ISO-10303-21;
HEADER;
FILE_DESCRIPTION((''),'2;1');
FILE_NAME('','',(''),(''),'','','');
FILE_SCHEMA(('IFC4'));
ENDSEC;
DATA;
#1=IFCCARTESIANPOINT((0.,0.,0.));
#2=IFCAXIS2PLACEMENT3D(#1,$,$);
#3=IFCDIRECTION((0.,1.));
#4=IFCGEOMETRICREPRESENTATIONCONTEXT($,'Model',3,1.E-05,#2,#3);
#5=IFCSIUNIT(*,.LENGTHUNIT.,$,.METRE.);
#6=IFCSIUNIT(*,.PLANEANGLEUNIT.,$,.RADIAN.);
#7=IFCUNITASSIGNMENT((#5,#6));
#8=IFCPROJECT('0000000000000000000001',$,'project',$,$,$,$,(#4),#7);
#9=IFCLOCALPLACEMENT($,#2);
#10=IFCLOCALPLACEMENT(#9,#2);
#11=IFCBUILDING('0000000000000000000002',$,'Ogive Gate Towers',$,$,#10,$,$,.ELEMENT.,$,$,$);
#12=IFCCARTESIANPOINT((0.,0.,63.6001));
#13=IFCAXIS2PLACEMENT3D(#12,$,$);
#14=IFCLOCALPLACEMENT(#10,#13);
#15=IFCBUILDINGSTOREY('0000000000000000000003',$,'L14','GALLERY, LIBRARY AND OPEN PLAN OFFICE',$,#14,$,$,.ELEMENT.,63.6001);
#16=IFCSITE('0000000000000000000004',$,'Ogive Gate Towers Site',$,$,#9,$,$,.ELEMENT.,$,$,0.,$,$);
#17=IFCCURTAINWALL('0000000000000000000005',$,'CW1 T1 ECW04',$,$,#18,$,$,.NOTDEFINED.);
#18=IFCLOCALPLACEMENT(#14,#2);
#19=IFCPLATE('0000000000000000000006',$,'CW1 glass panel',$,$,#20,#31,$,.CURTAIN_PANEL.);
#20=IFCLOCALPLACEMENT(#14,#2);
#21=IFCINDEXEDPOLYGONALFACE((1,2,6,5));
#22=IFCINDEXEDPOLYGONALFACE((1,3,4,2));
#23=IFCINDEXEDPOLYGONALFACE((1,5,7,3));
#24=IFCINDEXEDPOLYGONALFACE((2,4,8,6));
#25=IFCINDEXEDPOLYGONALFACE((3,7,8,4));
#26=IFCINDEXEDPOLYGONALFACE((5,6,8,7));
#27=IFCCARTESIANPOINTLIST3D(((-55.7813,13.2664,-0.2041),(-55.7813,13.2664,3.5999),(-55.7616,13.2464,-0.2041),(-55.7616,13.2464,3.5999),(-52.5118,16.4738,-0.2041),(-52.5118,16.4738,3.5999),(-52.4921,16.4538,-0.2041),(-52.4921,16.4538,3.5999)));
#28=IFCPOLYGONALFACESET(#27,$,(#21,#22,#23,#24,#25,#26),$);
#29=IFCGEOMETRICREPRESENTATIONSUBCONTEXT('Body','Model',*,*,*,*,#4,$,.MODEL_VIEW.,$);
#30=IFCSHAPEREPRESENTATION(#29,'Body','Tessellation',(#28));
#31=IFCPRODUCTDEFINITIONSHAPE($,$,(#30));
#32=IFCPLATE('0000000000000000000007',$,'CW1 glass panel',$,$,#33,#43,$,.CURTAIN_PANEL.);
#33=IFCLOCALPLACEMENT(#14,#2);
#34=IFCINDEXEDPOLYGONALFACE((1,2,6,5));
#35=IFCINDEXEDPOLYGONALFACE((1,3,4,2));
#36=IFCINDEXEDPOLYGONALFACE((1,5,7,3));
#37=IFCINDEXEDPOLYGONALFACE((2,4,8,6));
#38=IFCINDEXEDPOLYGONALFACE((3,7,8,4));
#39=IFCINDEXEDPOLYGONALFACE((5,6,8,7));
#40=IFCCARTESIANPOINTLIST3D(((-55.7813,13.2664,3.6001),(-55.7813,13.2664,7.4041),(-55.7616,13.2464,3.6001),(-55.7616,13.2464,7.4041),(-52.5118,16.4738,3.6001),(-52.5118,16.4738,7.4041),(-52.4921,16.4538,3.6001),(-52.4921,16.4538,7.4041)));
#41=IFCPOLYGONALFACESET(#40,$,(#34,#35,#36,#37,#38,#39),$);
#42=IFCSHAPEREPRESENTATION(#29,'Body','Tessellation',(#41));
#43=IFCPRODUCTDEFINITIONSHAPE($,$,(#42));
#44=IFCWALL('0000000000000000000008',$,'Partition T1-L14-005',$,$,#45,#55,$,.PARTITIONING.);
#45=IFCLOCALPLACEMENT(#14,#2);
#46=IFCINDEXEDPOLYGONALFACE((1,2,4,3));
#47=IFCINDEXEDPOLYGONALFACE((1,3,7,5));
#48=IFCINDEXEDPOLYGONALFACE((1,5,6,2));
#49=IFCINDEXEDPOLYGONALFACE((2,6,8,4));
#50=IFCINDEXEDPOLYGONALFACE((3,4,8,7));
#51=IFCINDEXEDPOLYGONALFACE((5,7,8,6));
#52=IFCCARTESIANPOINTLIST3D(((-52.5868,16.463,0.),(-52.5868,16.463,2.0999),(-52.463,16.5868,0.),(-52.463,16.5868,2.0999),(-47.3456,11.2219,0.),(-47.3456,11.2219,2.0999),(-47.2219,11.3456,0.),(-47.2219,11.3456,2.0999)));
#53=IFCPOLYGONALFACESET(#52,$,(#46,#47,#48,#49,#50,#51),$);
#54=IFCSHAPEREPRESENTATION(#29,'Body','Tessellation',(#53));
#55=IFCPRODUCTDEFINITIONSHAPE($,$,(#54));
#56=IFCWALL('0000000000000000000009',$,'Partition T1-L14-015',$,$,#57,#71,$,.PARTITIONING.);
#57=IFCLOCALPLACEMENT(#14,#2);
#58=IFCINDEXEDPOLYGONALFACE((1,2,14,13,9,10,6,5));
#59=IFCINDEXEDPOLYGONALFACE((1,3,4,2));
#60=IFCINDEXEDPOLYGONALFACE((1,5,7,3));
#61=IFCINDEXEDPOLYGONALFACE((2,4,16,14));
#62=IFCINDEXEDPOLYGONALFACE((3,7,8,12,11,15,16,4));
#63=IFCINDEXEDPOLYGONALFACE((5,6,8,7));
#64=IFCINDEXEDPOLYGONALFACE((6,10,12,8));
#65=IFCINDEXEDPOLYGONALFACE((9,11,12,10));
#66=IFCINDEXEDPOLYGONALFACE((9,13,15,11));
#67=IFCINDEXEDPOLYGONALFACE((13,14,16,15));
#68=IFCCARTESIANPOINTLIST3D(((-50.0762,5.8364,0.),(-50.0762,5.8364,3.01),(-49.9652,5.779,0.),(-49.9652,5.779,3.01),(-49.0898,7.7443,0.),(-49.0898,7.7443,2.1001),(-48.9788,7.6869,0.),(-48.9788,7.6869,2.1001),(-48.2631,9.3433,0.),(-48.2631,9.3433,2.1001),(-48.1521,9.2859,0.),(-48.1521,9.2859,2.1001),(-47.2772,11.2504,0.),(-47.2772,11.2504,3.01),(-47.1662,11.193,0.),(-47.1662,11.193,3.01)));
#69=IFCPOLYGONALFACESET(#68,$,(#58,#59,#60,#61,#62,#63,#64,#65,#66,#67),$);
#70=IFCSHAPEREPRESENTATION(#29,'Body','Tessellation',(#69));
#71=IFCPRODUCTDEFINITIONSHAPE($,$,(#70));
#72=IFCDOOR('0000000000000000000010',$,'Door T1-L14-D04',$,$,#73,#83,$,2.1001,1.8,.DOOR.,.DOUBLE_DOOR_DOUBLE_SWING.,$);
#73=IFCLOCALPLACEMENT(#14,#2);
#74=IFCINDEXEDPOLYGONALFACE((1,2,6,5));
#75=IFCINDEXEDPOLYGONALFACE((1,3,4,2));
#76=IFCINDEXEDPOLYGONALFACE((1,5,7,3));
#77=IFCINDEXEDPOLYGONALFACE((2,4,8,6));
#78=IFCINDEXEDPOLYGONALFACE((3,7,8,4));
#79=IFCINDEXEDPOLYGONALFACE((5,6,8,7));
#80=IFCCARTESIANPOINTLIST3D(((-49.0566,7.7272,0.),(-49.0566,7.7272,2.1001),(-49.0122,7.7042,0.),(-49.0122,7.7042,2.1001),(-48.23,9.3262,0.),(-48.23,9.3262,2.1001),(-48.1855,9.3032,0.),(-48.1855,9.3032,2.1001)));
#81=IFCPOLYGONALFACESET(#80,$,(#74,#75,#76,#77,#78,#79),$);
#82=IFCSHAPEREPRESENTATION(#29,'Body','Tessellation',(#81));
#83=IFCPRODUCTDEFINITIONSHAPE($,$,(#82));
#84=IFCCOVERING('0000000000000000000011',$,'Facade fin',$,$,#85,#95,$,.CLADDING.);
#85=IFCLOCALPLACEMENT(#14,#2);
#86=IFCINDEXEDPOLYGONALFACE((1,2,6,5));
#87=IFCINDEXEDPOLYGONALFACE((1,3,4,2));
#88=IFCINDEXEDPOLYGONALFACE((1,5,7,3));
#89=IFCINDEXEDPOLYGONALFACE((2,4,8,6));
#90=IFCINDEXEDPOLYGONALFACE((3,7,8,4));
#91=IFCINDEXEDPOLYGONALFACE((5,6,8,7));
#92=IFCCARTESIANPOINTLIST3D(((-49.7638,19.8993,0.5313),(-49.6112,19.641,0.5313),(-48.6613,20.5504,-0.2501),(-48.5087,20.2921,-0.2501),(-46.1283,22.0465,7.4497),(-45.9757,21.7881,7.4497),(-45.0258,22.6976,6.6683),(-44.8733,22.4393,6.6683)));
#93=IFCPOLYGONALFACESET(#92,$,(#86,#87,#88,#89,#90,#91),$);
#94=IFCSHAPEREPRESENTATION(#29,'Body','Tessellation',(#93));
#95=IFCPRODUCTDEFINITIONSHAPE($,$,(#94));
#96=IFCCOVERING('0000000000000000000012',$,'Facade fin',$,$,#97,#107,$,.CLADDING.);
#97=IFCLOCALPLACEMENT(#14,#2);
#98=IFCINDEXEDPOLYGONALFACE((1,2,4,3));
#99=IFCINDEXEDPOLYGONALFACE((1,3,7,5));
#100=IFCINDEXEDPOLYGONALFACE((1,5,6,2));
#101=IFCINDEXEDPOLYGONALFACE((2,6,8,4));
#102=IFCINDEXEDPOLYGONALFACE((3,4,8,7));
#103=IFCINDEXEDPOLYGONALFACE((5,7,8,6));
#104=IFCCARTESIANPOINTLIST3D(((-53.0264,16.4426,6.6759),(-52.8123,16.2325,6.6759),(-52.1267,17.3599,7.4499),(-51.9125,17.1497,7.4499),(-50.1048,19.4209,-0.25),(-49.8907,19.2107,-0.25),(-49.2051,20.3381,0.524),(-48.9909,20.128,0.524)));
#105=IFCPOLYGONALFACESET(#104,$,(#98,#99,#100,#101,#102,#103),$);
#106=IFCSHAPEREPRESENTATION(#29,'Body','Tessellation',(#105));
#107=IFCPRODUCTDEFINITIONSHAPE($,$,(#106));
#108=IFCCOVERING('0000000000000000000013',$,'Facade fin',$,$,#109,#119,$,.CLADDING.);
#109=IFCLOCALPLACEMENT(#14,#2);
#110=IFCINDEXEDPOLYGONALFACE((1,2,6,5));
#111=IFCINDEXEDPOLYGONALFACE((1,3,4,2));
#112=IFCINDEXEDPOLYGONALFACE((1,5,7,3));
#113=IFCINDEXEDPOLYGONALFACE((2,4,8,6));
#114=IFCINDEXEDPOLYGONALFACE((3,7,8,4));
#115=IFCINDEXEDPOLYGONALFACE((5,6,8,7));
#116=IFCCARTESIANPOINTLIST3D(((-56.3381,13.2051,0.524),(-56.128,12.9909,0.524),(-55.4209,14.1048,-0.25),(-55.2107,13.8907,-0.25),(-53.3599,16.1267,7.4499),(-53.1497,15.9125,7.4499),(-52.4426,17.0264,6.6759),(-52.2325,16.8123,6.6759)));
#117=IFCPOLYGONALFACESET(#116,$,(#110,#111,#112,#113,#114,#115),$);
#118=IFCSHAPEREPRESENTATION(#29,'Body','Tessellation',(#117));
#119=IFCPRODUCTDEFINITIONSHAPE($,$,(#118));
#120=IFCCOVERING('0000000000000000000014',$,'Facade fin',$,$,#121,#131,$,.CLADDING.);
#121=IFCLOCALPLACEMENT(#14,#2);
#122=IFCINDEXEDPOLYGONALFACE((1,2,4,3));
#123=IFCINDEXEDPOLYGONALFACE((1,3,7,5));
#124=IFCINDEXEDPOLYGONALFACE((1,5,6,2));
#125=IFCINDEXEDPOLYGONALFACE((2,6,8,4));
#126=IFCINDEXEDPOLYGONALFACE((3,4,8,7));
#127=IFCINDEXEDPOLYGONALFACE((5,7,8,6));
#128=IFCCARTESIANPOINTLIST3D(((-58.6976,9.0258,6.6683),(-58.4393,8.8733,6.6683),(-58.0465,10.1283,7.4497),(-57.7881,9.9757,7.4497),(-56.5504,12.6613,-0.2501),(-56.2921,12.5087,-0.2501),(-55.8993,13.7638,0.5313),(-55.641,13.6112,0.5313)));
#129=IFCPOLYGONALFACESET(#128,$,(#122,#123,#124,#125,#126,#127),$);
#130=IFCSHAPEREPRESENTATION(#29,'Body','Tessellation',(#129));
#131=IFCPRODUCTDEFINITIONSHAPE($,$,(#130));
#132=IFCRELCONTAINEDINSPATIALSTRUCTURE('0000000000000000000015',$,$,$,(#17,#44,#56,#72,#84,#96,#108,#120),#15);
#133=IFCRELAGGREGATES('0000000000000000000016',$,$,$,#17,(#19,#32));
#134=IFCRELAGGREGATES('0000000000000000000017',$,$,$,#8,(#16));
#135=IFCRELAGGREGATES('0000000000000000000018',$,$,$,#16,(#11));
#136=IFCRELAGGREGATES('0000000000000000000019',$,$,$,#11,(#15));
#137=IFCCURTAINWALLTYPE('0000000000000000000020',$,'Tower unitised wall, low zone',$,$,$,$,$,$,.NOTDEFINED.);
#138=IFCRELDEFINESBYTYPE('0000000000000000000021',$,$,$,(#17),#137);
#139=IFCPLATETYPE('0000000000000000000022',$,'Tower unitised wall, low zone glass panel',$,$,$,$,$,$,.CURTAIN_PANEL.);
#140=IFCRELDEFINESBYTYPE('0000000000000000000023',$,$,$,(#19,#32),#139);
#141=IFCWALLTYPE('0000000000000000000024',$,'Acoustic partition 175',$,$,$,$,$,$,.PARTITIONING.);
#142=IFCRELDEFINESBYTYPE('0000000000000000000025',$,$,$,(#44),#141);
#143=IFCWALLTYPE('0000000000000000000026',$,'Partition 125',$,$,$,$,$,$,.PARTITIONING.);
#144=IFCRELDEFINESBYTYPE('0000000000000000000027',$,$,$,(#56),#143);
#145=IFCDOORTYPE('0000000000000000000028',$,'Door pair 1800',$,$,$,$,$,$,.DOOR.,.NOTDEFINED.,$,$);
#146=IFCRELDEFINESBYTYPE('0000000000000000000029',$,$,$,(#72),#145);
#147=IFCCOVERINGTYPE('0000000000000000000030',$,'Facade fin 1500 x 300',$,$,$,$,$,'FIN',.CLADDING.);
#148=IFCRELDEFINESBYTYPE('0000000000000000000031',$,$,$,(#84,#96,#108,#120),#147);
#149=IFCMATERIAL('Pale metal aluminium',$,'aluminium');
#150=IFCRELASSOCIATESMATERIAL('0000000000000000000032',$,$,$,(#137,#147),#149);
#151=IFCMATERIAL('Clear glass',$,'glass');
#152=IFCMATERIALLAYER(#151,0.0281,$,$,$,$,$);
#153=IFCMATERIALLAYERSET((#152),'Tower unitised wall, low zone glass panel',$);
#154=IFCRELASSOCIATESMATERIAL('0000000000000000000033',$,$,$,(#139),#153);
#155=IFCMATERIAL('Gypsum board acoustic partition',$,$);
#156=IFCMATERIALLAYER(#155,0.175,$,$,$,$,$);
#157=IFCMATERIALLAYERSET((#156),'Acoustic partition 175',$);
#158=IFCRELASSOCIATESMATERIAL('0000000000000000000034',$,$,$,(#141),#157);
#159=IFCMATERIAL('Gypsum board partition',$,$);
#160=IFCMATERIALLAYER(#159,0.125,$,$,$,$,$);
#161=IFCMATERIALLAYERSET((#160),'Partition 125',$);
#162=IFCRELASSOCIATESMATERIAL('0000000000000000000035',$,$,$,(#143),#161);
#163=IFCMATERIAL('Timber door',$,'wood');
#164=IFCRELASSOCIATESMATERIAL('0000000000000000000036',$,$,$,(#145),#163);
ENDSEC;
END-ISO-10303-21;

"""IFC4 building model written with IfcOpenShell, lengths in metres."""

from ifc_helpers import new_model, si_unit, direction, frame, frame_2d, origin, origin_2d, place, context, subcontext, project, spatial, rectangle, extrude, material, layer, layer_set, material_profile, profile_set, type_object, element, fill, aggregate, save


model = new_model("IFC4")

# Units and contexts
model_context = context("Model", 3, precision=1e-05, world=origin(), true_north=direction((0.0, 1.0)))
body_context = subcontext(model_context, "Body", "Model", "MODEL_VIEW")
ifc_project = project(units=[si_unit("LENGTHUNIT", "METRE"), si_unit("PLANEANGLEUNIT", "RADIAN")], contexts=[model_context])

# Site, building, storey
site_placement = place(None, origin())
site = spatial("IfcSite", under=ifc_project, at=site_placement, Name="Ogive Gate Towers Site", CompositionType="ELEMENT", RefElevation=0.0)
building_placement = place(site_placement, origin())
building = spatial("IfcBuilding", under=site, at=building_placement, Name="Ogive Gate Towers", CompositionType="ELEMENT")
storey_placement = place(building_placement, frame((0.0, 0.0, 63.6001)))
storey = spatial("IfcBuildingStorey", under=building, at=storey_placement, Name="L14", Description="GALLERY, LIBRARY AND OPEN PLAN OFFICE", CompositionType="ELEMENT", Elevation=63.6001)

# Shared definitions
ifc_material_1 = material(Name="Pale metal aluminium", Category="aluminium")
curtain_wall_type = type_object("IfcCurtainWallType", Name="Tower unitised wall, low zone", PredefinedType="NOTDEFINED", material=ifc_material_1)

# Curtain wall
curtain_wall_1_placement = place(storey_placement, origin())
curtain_wall_1 = element("IfcCurtainWall", 1, at=curtain_wall_1_placement, inside=storey, type_object=curtain_wall_type, Name="CW1 T1 ECW04", PredefinedType="NOTDEFINED")

# Plates
ifc_material_2 = material(Name="Clear glass", Category="glass")
ifc_layer_1 = layer(ifc_material_2, 0.0281)
ifc_layer_set_1 = layer_set([ifc_layer_1], Name="Tower unitised wall, low zone glass panel")
plate_type = type_object("IfcPlateType", Name="Tower unitised wall, low zone glass panel", PredefinedType="CURTAIN_PANEL", material=ifc_layer_set_1)
plate_1_placement = place(storey_placement, frame((-54.1367, 14.8601, -0.2041), z_axis=(0.0, 0.0, 1.0), x_axis=(-0.71385, -0.700299, 0.0)))
plate_1 = element("IfcPlate", 2, at=plate_1_placement, type_object=plate_type, Name="CW1 glass panel", PredefinedType="CURTAIN_PANEL", context=body_context, shape_type="SweptSolid", body=[
    extrude(rectangle(XDim=4.5801, YDim=0.0281, at=origin_2d()), origin(), (0.0, 0.0, 1.0), 3.804),
])
plate_2_placement = place(storey_placement, frame((-54.1367, 14.8601, 3.6001), z_axis=(0.0, 0.0, 1.0), x_axis=(-0.71385, -0.700299, 0.0)))
plate_2 = element("IfcPlate", 3, at=plate_2_placement, type_object=plate_type, Name="CW1 glass panel", PredefinedType="CURTAIN_PANEL", context=body_context, shape_type="SweptSolid", body=[
    extrude(rectangle(XDim=4.5801, YDim=0.0281, at=origin_2d()), origin(), (0.0, 0.0, 1.0), 3.804),
])
aggregate(curtain_wall_1, [plate_1, plate_2])

# Wall
ifc_material_3 = material(Name="Gypsum board acoustic partition")
ifc_layer_2 = layer(ifc_material_3, 0.175)
ifc_layer_set_2 = layer_set([ifc_layer_2], Name="Acoustic partition 175")
wall_type_1 = type_object("IfcWallType", Name="Acoustic partition 175", PredefinedType="PARTITIONING", material=ifc_layer_set_2)
wall_1_placement = place(storey_placement, frame((-52.5249, 16.5249, 0.0), z_axis=(0.0, 0.0, 1.0), x_axis=(0.707107, -0.707107, 0.0)))
element("IfcWall", 4, at=wall_1_placement, inside=storey, type_object=wall_type_1, Name="Partition T1-L14-005", PredefinedType="PARTITIONING", context=body_context, shape_type="SweptSolid", body=[
    extrude(rectangle(XDim=7.4121, YDim=0.175, at=frame_2d((3.7061, 0.0))), origin(), (0.0, 0.0, 1.0), 2.0999),
])

# Wall, opening, door
ifc_material_4 = material(Name="Gypsum board partition")
ifc_layer_3 = layer(ifc_material_4, 0.125)
ifc_layer_set_3 = layer_set([ifc_layer_3], Name="Partition 125")
wall_type_2 = type_object("IfcWallType", Name="Partition 125", PredefinedType="PARTITIONING", material=ifc_layer_set_3)
wall_2_placement = place(storey_placement, frame((-47.2217, 11.2217, 0.0), z_axis=(0.0, 0.0, 1.0), x_axis=(-0.459254, -0.888305, 0.0)))
wall_2 = element("IfcWall", 5, at=wall_2_placement, inside=storey, type_object=wall_type_2, Name="Partition T1-L14-015", PredefinedType="PARTITIONING", context=body_context, shape_type="SweptSolid", body=[
    extrude(rectangle(XDim=6.0947, YDim=0.125, at=frame_2d((3.0474, 0.0))), origin(), (0.0, 0.0, 1.0), 3.01),
])
opening_placement = place(wall_2_placement, frame((2.147, 0.0, 0.0)))
opening = element("IfcOpeningElement", 6, at=opening_placement, cuts=wall_2, PredefinedType="OPENING", context=body_context, shape_type="SweptSolid", body=[
    extrude(rectangle(XDim=1.8, YDim=2.1001, at=frame_2d((0.8999, 1.05))), frame((0.0, 0.0725, 0.0), z_axis=(0.0, -1.0, 0.0), x_axis=(1.0, 0.0, 0.0)), (0.0, 0.0, 1.0), 0.145),
])
ifc_material_5 = material(Name="Timber door", Category="wood")
door_type = type_object("IfcDoorType", Name="Door pair 1800", OperationType="NOTDEFINED", PredefinedType="DOOR", material=ifc_material_5)
door_placement = place(opening_placement, origin())
door = element("IfcDoor", 7, at=door_placement, inside=storey, type_object=door_type, Name="Door T1-L14-D04", OperationType="DOUBLE_DOOR_DOUBLE_SWING", OverallHeight=2.1001, OverallWidth=1.8, PredefinedType="DOOR", context=body_context, shape_type="SweptSolid", body=[
    extrude(rectangle(XDim=1.8, YDim=2.1001, at=frame_2d((0.8999, 1.05))), frame((0.0, 0.0249, 0.0), z_axis=(0.0, -1.0, 0.0), x_axis=(1.0, 0.0, 0.0)), (0.0, 0.0, 1.0), 0.05),
])
fill(opening, door)

# Coverings
ifc_material_profile_1 = material_profile(ifc_material_1, rectangle(XDim=0.3, YDim=1.5, at=origin_2d()), Name="1500 x 300 pale metal aluminium")
ifc_profile_set_1 = profile_set([ifc_material_profile_1], Name="Pale metal aluminium")
covering_type = type_object("IfcCoveringType", Name="Facade fin 1500 x 300", ElementType="FIN", PredefinedType="CLADDING", material=ifc_profile_set_1)
covering_1_placement = place(storey_placement, frame((-49.1362, 20.0957, 0.1406), z_axis=(0.448545, 0.264922, 0.853594), x_axis=(-0.508548, 0.861034, 0.0)))
element("IfcCovering", 8, at=covering_1_placement, inside=storey, type_object=covering_type, Name="Facade fin", PredefinedType="CLADDING", context=body_context, shape_type="SweptSolid", body=[
    extrude(rectangle(XDim=0.3, YDim=1.5, at=origin_2d()), origin(), (0.0, 0.0, 1.0), 8.105),
])
for number, where, z_axis, x_axis, name in (
    (9, (-49.5479, 19.7744, 0.137), (-0.361341, -0.368346, 0.856595), (0.713862, -0.700286, 0.0), "Facade fin"),
    (10, (-55.7744, 13.5479, 0.137), (0.368346, 0.361341, 0.856595), (-0.700286, 0.713862, 0.0), "Facade fin"),
):
    element("IfcCovering", number, at=place(storey_placement, frame(where, z_axis=z_axis, x_axis=x_axis)), inside=storey, type_object=covering_type, Name=name, PredefinedType="CLADDING", context=body_context, shape_type="SweptSolid", body=[
        extrude(rectangle(XDim=0.3, YDim=1.5, at=origin_2d()), origin(), (0.0, 0.0, 1.0), 8.0854),
    ])
covering_2_placement = place(storey_placement, frame((-56.0957, 13.1362, 0.1406), z_axis=(-0.264922, -0.448545, 0.853594), x_axis=(0.861034, -0.508548, 0.0)))
element("IfcCovering", 11, at=covering_2_placement, inside=storey, type_object=covering_type, Name="Facade fin", PredefinedType="CLADDING", context=body_context, shape_type="SweptSolid", body=[
    extrude(rectangle(XDim=0.3, YDim=1.5, at=origin_2d()), origin(), (0.0, 0.0, 1.0), 8.105),
])

save(model, "model.ifc")
